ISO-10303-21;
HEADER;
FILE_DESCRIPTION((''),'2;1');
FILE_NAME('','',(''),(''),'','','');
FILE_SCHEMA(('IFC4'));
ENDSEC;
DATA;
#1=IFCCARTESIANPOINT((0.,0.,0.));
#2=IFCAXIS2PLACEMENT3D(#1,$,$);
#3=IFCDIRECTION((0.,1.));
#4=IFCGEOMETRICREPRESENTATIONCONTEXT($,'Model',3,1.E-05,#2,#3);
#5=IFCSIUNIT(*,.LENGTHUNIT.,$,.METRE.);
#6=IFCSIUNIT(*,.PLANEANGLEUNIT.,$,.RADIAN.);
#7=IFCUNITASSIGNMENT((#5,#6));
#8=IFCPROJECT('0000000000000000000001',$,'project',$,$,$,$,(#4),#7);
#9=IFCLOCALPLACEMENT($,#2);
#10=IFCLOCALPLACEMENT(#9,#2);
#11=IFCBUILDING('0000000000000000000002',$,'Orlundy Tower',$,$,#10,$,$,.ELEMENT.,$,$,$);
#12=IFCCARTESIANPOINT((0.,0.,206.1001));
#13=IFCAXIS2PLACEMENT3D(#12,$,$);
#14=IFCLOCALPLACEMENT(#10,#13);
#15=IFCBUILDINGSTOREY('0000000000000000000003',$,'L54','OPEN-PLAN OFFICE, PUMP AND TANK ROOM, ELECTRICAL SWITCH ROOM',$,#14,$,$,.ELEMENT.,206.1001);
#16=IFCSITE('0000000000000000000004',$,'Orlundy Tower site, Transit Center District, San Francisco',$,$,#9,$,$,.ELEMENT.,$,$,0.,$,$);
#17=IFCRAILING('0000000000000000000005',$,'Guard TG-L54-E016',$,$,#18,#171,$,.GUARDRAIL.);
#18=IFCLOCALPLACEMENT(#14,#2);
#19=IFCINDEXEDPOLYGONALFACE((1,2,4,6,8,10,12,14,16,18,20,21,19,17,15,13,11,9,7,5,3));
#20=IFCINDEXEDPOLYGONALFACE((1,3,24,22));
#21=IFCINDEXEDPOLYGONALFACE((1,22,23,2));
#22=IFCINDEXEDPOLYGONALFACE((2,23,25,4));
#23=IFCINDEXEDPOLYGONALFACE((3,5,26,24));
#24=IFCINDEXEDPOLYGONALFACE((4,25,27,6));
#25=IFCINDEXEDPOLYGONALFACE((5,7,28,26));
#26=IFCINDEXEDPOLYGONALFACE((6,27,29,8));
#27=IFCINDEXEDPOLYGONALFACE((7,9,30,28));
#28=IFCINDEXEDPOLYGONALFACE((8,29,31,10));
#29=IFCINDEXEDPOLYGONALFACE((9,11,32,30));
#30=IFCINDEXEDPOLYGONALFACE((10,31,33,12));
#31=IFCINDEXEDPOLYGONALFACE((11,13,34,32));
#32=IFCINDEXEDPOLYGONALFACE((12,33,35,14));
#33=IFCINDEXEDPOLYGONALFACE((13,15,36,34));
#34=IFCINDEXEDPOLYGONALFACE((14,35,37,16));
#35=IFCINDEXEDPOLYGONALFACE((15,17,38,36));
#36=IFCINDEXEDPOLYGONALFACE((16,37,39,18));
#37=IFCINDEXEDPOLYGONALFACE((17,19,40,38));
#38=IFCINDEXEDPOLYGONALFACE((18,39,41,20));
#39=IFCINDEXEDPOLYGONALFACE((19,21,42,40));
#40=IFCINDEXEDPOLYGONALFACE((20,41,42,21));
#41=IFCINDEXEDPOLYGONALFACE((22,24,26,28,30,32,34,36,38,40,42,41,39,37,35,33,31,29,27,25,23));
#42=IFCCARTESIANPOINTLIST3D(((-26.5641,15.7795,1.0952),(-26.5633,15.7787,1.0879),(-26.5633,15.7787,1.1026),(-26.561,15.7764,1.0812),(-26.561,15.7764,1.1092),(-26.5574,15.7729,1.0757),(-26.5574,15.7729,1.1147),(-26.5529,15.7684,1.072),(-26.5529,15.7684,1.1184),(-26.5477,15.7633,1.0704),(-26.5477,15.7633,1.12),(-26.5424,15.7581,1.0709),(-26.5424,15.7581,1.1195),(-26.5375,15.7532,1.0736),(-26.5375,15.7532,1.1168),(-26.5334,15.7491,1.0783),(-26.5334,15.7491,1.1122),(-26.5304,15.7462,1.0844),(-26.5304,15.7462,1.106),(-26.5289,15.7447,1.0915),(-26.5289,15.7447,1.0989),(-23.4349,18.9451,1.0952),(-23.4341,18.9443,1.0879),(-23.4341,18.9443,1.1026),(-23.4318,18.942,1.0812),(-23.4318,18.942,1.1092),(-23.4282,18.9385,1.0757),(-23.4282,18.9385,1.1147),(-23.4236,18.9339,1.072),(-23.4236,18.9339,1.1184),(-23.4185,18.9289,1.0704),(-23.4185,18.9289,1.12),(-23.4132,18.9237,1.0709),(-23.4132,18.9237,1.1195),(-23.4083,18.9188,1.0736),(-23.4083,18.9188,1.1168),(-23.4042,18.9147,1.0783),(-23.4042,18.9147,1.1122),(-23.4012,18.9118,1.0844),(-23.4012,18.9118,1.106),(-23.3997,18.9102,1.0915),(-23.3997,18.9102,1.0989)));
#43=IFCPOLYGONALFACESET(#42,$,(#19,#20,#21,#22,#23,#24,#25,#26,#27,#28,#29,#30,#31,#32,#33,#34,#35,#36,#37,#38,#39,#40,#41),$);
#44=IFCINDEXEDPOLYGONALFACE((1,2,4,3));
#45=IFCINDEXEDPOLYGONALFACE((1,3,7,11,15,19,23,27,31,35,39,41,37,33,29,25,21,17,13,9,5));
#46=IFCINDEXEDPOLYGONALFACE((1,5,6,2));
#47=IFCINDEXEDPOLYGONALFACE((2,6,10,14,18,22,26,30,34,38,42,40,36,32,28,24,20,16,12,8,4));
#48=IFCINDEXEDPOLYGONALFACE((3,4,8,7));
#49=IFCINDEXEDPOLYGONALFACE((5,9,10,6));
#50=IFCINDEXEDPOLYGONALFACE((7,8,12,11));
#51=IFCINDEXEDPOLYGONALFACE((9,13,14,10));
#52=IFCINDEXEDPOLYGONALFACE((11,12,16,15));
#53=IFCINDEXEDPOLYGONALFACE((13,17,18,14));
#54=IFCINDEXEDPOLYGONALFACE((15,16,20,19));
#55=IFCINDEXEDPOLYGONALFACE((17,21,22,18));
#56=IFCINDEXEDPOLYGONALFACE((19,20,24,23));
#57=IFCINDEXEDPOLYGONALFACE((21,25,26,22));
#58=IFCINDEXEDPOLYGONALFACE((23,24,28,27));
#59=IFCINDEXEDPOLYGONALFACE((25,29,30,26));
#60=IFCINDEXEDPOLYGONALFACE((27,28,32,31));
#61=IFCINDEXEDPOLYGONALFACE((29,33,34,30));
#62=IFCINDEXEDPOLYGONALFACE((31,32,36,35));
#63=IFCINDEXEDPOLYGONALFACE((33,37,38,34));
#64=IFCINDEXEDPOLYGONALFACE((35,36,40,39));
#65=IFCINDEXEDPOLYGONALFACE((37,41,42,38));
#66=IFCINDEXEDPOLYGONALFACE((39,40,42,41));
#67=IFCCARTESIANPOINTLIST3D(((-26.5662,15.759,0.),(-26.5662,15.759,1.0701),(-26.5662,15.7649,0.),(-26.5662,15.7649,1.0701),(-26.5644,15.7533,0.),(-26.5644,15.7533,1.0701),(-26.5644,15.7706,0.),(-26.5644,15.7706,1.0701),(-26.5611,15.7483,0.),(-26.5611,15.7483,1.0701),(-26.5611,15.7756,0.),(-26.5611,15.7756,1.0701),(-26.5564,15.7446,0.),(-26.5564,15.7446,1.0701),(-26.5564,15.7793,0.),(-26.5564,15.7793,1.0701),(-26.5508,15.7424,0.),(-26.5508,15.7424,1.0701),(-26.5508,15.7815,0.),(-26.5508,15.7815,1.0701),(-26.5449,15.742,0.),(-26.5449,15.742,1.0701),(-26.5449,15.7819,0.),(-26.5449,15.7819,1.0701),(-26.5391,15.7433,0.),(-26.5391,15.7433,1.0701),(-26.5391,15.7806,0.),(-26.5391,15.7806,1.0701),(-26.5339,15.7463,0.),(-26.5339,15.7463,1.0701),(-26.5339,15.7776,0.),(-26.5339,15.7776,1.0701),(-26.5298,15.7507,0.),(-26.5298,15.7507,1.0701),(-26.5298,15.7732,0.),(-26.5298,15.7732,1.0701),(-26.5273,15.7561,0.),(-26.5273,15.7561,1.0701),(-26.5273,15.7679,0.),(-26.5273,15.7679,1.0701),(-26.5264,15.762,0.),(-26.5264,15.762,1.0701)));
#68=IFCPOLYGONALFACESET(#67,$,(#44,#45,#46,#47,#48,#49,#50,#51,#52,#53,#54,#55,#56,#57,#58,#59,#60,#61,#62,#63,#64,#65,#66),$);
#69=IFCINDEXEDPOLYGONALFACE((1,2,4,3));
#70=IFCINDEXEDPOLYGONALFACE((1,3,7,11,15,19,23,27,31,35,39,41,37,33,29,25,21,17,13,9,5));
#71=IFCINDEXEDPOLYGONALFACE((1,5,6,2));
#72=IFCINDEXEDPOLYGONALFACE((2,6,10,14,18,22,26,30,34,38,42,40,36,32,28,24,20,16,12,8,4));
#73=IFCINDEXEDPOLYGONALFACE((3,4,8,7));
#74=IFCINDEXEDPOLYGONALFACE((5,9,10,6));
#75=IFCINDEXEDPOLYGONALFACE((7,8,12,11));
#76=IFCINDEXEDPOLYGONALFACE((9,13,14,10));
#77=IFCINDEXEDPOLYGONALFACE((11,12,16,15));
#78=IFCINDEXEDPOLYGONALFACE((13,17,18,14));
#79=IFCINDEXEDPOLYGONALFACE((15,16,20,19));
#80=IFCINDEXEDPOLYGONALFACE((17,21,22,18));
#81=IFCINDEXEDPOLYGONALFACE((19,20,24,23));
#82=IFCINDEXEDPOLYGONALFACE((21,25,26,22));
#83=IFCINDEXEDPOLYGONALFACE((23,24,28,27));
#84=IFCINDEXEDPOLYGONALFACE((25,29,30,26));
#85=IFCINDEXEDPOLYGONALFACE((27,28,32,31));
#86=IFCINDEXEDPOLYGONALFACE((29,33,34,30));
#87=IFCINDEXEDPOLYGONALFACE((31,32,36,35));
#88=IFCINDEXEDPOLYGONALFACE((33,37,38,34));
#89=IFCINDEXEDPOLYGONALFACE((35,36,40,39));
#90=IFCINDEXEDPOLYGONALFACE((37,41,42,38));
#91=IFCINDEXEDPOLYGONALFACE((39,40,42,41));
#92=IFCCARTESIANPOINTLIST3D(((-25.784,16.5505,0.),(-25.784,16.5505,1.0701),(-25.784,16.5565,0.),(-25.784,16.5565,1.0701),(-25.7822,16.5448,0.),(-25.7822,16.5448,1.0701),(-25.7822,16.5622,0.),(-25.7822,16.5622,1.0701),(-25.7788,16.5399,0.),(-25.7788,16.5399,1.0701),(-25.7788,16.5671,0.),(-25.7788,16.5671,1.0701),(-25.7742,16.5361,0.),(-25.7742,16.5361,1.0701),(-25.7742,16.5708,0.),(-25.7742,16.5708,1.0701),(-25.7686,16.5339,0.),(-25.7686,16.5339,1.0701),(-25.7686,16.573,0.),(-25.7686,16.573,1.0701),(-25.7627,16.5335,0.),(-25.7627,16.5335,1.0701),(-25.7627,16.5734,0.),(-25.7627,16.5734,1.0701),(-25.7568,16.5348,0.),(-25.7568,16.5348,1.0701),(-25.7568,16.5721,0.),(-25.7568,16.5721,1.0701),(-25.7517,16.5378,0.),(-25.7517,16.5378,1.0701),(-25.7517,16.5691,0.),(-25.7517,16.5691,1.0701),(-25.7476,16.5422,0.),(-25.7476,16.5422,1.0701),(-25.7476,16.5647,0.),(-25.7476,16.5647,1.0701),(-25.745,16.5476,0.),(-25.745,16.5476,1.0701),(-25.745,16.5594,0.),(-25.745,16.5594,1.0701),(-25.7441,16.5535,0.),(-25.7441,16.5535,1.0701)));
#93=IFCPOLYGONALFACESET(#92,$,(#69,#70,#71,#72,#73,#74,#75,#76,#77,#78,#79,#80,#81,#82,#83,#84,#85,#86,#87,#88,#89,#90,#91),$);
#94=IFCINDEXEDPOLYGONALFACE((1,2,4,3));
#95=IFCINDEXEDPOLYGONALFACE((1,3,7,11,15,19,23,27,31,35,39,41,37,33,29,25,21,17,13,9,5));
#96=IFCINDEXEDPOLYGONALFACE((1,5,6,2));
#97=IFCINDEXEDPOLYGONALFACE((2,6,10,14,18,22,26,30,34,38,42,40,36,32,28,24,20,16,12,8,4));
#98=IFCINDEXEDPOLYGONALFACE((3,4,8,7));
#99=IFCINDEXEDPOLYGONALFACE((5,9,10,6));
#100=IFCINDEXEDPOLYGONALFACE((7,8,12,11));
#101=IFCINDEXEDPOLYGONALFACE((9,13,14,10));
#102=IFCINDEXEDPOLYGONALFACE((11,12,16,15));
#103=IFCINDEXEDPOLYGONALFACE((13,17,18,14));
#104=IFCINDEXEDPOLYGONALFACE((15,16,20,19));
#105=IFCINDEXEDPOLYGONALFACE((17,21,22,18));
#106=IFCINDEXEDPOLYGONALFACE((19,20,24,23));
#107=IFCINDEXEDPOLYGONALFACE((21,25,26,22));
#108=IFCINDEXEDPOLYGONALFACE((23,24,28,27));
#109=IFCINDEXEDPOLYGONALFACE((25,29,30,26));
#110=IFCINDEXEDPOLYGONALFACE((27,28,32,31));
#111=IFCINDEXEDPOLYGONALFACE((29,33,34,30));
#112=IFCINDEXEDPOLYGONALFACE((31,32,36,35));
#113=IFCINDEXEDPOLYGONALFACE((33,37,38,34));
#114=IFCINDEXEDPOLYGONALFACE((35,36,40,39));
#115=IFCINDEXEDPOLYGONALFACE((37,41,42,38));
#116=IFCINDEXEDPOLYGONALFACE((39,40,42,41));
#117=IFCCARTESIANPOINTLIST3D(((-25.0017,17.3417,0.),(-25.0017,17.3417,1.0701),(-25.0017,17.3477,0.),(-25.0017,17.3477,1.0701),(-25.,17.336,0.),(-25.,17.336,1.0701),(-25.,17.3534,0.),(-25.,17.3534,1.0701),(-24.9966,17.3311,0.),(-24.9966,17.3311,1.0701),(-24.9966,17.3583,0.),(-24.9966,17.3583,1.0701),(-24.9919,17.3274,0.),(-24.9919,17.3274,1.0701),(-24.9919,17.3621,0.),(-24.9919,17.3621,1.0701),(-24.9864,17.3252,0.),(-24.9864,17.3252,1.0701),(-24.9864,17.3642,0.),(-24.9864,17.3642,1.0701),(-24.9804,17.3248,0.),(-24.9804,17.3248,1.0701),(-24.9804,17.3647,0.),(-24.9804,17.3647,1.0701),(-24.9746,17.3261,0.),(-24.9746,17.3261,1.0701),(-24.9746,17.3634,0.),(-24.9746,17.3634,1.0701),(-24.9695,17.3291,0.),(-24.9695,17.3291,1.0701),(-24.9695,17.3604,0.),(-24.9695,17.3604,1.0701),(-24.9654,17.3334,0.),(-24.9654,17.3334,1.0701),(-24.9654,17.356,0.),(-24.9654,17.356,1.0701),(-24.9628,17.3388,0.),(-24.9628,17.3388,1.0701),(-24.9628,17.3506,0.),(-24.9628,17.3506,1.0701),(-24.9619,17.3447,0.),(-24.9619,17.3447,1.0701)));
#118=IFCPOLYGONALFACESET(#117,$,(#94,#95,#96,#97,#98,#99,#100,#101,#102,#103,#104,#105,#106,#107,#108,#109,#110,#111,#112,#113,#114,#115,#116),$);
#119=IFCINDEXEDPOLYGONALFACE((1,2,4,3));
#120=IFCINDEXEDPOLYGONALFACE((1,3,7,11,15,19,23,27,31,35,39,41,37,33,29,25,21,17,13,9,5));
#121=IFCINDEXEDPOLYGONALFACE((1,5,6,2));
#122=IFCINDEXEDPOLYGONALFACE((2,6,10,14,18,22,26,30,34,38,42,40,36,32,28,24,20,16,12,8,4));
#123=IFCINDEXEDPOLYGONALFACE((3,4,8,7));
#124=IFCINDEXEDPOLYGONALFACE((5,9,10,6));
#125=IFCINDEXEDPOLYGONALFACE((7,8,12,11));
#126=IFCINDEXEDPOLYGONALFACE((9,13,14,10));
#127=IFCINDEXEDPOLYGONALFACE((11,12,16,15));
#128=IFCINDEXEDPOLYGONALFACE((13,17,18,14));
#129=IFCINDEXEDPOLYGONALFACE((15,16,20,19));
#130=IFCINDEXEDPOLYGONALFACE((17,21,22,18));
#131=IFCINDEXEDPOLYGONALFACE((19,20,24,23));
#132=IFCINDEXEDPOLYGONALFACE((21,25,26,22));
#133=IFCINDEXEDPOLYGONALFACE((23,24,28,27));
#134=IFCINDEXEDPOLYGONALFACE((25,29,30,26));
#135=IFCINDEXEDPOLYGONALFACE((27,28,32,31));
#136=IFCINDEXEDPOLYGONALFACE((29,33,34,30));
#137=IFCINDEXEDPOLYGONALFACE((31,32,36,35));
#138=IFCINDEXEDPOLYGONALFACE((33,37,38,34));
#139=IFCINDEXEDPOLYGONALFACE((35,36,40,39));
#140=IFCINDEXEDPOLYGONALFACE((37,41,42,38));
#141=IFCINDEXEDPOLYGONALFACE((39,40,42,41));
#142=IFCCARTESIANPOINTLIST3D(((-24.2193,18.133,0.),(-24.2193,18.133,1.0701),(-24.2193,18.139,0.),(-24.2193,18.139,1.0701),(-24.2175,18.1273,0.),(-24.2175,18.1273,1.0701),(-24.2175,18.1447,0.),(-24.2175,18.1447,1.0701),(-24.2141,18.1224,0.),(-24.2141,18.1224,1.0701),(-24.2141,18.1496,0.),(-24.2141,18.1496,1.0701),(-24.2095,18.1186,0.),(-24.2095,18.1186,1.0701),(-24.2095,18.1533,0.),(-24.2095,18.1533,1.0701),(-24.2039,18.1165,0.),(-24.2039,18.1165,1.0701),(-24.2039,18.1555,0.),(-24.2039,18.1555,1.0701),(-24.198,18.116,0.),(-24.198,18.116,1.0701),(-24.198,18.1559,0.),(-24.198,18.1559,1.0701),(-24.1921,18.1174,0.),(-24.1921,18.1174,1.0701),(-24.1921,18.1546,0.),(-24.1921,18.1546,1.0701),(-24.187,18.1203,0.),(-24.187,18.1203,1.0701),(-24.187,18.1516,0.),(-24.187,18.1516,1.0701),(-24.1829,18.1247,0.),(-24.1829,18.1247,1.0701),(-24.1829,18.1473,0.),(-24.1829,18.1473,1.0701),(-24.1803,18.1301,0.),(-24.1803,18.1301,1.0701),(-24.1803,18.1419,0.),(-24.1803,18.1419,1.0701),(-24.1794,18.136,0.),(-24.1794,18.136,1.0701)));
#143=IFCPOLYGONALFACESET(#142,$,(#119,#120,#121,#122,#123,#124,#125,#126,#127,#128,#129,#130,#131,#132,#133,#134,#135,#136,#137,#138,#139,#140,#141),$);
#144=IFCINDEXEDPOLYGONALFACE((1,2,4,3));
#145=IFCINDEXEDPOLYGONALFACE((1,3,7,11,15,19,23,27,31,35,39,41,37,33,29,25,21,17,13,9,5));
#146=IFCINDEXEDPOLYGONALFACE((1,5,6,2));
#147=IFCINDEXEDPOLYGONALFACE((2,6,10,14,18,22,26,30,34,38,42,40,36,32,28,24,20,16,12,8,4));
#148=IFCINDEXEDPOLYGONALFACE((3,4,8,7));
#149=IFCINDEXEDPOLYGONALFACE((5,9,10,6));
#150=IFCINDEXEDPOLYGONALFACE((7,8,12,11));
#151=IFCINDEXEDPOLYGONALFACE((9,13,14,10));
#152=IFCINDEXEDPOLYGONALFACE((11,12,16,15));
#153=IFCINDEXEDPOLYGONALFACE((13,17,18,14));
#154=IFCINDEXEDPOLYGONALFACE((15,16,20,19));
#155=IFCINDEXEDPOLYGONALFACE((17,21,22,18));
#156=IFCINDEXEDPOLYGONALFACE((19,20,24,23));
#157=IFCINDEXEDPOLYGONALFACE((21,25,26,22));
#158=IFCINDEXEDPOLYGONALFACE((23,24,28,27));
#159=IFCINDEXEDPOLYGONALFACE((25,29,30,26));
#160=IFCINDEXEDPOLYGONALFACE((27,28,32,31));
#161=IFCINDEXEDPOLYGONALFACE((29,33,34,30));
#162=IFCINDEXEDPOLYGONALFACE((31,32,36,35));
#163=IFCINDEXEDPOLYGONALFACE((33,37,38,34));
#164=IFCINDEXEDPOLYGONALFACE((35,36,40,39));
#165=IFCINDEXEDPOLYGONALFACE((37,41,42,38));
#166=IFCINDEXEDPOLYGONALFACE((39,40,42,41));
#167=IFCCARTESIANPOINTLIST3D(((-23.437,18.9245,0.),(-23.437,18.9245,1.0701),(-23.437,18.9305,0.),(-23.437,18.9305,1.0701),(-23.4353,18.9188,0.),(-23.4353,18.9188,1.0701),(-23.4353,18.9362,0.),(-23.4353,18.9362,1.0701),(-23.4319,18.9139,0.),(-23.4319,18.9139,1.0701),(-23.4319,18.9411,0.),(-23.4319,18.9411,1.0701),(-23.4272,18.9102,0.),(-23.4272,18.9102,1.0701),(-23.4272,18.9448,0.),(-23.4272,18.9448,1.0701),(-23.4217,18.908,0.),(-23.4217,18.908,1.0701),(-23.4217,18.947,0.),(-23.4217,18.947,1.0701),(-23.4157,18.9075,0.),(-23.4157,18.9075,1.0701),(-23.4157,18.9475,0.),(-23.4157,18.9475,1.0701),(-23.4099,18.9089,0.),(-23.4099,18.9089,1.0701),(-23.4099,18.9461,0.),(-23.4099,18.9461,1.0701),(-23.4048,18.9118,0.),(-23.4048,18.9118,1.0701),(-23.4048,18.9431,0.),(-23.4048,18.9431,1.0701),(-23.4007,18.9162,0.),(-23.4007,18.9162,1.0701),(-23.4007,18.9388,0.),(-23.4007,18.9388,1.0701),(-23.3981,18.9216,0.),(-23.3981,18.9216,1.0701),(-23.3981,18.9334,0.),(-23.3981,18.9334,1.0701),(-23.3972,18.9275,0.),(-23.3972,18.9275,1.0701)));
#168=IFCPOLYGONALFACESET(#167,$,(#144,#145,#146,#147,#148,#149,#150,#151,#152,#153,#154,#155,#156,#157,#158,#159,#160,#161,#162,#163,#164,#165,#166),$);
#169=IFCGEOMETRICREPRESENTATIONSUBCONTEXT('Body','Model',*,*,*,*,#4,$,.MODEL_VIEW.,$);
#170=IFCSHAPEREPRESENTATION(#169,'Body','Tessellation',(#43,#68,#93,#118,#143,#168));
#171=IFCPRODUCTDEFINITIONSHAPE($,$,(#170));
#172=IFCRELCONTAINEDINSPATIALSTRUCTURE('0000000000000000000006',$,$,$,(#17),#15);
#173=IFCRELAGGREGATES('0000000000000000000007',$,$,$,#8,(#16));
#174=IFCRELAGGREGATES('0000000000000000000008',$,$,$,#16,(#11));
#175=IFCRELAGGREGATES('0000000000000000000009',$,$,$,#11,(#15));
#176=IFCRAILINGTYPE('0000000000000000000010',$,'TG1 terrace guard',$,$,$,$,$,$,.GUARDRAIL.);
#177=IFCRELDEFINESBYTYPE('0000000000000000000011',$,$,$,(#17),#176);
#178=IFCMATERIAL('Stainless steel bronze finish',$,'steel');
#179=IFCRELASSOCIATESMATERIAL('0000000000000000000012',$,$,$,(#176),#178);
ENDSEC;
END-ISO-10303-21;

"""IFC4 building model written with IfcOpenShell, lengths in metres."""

from ifc_helpers import new_model, si_unit, direction, frame, origin, origin_2d, place, context, subcontext, project, spatial, circle, extrude, material, type_object, element, save


model = new_model("IFC4")

# Units and contexts
model_context = context("Model", 3, precision=1e-05, world=origin(), true_north=direction((0.0, 1.0)))
body_context = subcontext(model_context, "Body", "Model", "MODEL_VIEW")
ifc_project = project(units=[si_unit("LENGTHUNIT", "METRE"), si_unit("PLANEANGLEUNIT", "RADIAN")], contexts=[model_context])

# Site, building, storey
site_placement = place(None, origin())
site = spatial("IfcSite", under=ifc_project, at=site_placement, Name="Orlundy Tower site, Transit Center District, San Francisco", CompositionType="ELEMENT", RefElevation=0.0)
building_placement = place(site_placement, origin())
building = spatial("IfcBuilding", under=site, at=building_placement, Name="Orlundy Tower", CompositionType="ELEMENT")
storey_placement = place(building_placement, frame((0.0, 0.0, 206.1001)))
storey = spatial("IfcBuildingStorey", under=building, at=storey_placement, Name="L54", Description="OPEN-PLAN OFFICE, PUMP AND TANK ROOM, ELECTRICAL SWITCH ROOM", CompositionType="ELEMENT", Elevation=206.1001)

# Railing
ifc_material_1 = material(Name="Stainless steel bronze finish", Category="steel")
railing_type_1 = type_object("IfcRailingType", Name="TG1 terrace guard", PredefinedType="GUARDRAIL", material=ifc_material_1)
railing_1_placement = place(storey_placement, frame((-26.5464, 15.762, 0.0)))
element("IfcRailing", 1, at=railing_1_placement, inside=storey, type_object=railing_type_1, Name="Guard TG-L54-E016", PredefinedType="GUARDRAIL", context=body_context, shape_type="SweptSolid", body=[
    extrude(circle(Radius=0.0249, at=origin_2d()), frame((0.0, 0.0, 1.0952), z_axis=(0.703009, 0.711181, 0.0), x_axis=(-0.711181, 0.703009, 0.0)), (0.0, 0.0, 1.0), 4.4512),
    extrude(circle(Radius=0.02, at=origin_2d()), origin(), (0.0, 0.0, 1.0), 1.0701),
    extrude(circle(Radius=0.02, at=origin_2d()), frame((0.7822, 0.7915, 0.0)), (0.0, 0.0, 1.0), 1.0701),
    extrude(circle(Radius=0.02, at=origin_2d()), frame((1.5645, 1.5828, 0.0)), (0.0, 0.0, 1.0), 1.0701),
    extrude(circle(Radius=0.02, at=origin_2d()), frame((2.3469, 2.374, 0.0)), (0.0, 0.0, 1.0), 1.0701),
    extrude(circle(Radius=0.02, at=origin_2d()), frame((3.1292, 3.1655, 0.0)), (0.0, 0.0, 1.0), 1.0701),
])

save(model, "model.ifc")
